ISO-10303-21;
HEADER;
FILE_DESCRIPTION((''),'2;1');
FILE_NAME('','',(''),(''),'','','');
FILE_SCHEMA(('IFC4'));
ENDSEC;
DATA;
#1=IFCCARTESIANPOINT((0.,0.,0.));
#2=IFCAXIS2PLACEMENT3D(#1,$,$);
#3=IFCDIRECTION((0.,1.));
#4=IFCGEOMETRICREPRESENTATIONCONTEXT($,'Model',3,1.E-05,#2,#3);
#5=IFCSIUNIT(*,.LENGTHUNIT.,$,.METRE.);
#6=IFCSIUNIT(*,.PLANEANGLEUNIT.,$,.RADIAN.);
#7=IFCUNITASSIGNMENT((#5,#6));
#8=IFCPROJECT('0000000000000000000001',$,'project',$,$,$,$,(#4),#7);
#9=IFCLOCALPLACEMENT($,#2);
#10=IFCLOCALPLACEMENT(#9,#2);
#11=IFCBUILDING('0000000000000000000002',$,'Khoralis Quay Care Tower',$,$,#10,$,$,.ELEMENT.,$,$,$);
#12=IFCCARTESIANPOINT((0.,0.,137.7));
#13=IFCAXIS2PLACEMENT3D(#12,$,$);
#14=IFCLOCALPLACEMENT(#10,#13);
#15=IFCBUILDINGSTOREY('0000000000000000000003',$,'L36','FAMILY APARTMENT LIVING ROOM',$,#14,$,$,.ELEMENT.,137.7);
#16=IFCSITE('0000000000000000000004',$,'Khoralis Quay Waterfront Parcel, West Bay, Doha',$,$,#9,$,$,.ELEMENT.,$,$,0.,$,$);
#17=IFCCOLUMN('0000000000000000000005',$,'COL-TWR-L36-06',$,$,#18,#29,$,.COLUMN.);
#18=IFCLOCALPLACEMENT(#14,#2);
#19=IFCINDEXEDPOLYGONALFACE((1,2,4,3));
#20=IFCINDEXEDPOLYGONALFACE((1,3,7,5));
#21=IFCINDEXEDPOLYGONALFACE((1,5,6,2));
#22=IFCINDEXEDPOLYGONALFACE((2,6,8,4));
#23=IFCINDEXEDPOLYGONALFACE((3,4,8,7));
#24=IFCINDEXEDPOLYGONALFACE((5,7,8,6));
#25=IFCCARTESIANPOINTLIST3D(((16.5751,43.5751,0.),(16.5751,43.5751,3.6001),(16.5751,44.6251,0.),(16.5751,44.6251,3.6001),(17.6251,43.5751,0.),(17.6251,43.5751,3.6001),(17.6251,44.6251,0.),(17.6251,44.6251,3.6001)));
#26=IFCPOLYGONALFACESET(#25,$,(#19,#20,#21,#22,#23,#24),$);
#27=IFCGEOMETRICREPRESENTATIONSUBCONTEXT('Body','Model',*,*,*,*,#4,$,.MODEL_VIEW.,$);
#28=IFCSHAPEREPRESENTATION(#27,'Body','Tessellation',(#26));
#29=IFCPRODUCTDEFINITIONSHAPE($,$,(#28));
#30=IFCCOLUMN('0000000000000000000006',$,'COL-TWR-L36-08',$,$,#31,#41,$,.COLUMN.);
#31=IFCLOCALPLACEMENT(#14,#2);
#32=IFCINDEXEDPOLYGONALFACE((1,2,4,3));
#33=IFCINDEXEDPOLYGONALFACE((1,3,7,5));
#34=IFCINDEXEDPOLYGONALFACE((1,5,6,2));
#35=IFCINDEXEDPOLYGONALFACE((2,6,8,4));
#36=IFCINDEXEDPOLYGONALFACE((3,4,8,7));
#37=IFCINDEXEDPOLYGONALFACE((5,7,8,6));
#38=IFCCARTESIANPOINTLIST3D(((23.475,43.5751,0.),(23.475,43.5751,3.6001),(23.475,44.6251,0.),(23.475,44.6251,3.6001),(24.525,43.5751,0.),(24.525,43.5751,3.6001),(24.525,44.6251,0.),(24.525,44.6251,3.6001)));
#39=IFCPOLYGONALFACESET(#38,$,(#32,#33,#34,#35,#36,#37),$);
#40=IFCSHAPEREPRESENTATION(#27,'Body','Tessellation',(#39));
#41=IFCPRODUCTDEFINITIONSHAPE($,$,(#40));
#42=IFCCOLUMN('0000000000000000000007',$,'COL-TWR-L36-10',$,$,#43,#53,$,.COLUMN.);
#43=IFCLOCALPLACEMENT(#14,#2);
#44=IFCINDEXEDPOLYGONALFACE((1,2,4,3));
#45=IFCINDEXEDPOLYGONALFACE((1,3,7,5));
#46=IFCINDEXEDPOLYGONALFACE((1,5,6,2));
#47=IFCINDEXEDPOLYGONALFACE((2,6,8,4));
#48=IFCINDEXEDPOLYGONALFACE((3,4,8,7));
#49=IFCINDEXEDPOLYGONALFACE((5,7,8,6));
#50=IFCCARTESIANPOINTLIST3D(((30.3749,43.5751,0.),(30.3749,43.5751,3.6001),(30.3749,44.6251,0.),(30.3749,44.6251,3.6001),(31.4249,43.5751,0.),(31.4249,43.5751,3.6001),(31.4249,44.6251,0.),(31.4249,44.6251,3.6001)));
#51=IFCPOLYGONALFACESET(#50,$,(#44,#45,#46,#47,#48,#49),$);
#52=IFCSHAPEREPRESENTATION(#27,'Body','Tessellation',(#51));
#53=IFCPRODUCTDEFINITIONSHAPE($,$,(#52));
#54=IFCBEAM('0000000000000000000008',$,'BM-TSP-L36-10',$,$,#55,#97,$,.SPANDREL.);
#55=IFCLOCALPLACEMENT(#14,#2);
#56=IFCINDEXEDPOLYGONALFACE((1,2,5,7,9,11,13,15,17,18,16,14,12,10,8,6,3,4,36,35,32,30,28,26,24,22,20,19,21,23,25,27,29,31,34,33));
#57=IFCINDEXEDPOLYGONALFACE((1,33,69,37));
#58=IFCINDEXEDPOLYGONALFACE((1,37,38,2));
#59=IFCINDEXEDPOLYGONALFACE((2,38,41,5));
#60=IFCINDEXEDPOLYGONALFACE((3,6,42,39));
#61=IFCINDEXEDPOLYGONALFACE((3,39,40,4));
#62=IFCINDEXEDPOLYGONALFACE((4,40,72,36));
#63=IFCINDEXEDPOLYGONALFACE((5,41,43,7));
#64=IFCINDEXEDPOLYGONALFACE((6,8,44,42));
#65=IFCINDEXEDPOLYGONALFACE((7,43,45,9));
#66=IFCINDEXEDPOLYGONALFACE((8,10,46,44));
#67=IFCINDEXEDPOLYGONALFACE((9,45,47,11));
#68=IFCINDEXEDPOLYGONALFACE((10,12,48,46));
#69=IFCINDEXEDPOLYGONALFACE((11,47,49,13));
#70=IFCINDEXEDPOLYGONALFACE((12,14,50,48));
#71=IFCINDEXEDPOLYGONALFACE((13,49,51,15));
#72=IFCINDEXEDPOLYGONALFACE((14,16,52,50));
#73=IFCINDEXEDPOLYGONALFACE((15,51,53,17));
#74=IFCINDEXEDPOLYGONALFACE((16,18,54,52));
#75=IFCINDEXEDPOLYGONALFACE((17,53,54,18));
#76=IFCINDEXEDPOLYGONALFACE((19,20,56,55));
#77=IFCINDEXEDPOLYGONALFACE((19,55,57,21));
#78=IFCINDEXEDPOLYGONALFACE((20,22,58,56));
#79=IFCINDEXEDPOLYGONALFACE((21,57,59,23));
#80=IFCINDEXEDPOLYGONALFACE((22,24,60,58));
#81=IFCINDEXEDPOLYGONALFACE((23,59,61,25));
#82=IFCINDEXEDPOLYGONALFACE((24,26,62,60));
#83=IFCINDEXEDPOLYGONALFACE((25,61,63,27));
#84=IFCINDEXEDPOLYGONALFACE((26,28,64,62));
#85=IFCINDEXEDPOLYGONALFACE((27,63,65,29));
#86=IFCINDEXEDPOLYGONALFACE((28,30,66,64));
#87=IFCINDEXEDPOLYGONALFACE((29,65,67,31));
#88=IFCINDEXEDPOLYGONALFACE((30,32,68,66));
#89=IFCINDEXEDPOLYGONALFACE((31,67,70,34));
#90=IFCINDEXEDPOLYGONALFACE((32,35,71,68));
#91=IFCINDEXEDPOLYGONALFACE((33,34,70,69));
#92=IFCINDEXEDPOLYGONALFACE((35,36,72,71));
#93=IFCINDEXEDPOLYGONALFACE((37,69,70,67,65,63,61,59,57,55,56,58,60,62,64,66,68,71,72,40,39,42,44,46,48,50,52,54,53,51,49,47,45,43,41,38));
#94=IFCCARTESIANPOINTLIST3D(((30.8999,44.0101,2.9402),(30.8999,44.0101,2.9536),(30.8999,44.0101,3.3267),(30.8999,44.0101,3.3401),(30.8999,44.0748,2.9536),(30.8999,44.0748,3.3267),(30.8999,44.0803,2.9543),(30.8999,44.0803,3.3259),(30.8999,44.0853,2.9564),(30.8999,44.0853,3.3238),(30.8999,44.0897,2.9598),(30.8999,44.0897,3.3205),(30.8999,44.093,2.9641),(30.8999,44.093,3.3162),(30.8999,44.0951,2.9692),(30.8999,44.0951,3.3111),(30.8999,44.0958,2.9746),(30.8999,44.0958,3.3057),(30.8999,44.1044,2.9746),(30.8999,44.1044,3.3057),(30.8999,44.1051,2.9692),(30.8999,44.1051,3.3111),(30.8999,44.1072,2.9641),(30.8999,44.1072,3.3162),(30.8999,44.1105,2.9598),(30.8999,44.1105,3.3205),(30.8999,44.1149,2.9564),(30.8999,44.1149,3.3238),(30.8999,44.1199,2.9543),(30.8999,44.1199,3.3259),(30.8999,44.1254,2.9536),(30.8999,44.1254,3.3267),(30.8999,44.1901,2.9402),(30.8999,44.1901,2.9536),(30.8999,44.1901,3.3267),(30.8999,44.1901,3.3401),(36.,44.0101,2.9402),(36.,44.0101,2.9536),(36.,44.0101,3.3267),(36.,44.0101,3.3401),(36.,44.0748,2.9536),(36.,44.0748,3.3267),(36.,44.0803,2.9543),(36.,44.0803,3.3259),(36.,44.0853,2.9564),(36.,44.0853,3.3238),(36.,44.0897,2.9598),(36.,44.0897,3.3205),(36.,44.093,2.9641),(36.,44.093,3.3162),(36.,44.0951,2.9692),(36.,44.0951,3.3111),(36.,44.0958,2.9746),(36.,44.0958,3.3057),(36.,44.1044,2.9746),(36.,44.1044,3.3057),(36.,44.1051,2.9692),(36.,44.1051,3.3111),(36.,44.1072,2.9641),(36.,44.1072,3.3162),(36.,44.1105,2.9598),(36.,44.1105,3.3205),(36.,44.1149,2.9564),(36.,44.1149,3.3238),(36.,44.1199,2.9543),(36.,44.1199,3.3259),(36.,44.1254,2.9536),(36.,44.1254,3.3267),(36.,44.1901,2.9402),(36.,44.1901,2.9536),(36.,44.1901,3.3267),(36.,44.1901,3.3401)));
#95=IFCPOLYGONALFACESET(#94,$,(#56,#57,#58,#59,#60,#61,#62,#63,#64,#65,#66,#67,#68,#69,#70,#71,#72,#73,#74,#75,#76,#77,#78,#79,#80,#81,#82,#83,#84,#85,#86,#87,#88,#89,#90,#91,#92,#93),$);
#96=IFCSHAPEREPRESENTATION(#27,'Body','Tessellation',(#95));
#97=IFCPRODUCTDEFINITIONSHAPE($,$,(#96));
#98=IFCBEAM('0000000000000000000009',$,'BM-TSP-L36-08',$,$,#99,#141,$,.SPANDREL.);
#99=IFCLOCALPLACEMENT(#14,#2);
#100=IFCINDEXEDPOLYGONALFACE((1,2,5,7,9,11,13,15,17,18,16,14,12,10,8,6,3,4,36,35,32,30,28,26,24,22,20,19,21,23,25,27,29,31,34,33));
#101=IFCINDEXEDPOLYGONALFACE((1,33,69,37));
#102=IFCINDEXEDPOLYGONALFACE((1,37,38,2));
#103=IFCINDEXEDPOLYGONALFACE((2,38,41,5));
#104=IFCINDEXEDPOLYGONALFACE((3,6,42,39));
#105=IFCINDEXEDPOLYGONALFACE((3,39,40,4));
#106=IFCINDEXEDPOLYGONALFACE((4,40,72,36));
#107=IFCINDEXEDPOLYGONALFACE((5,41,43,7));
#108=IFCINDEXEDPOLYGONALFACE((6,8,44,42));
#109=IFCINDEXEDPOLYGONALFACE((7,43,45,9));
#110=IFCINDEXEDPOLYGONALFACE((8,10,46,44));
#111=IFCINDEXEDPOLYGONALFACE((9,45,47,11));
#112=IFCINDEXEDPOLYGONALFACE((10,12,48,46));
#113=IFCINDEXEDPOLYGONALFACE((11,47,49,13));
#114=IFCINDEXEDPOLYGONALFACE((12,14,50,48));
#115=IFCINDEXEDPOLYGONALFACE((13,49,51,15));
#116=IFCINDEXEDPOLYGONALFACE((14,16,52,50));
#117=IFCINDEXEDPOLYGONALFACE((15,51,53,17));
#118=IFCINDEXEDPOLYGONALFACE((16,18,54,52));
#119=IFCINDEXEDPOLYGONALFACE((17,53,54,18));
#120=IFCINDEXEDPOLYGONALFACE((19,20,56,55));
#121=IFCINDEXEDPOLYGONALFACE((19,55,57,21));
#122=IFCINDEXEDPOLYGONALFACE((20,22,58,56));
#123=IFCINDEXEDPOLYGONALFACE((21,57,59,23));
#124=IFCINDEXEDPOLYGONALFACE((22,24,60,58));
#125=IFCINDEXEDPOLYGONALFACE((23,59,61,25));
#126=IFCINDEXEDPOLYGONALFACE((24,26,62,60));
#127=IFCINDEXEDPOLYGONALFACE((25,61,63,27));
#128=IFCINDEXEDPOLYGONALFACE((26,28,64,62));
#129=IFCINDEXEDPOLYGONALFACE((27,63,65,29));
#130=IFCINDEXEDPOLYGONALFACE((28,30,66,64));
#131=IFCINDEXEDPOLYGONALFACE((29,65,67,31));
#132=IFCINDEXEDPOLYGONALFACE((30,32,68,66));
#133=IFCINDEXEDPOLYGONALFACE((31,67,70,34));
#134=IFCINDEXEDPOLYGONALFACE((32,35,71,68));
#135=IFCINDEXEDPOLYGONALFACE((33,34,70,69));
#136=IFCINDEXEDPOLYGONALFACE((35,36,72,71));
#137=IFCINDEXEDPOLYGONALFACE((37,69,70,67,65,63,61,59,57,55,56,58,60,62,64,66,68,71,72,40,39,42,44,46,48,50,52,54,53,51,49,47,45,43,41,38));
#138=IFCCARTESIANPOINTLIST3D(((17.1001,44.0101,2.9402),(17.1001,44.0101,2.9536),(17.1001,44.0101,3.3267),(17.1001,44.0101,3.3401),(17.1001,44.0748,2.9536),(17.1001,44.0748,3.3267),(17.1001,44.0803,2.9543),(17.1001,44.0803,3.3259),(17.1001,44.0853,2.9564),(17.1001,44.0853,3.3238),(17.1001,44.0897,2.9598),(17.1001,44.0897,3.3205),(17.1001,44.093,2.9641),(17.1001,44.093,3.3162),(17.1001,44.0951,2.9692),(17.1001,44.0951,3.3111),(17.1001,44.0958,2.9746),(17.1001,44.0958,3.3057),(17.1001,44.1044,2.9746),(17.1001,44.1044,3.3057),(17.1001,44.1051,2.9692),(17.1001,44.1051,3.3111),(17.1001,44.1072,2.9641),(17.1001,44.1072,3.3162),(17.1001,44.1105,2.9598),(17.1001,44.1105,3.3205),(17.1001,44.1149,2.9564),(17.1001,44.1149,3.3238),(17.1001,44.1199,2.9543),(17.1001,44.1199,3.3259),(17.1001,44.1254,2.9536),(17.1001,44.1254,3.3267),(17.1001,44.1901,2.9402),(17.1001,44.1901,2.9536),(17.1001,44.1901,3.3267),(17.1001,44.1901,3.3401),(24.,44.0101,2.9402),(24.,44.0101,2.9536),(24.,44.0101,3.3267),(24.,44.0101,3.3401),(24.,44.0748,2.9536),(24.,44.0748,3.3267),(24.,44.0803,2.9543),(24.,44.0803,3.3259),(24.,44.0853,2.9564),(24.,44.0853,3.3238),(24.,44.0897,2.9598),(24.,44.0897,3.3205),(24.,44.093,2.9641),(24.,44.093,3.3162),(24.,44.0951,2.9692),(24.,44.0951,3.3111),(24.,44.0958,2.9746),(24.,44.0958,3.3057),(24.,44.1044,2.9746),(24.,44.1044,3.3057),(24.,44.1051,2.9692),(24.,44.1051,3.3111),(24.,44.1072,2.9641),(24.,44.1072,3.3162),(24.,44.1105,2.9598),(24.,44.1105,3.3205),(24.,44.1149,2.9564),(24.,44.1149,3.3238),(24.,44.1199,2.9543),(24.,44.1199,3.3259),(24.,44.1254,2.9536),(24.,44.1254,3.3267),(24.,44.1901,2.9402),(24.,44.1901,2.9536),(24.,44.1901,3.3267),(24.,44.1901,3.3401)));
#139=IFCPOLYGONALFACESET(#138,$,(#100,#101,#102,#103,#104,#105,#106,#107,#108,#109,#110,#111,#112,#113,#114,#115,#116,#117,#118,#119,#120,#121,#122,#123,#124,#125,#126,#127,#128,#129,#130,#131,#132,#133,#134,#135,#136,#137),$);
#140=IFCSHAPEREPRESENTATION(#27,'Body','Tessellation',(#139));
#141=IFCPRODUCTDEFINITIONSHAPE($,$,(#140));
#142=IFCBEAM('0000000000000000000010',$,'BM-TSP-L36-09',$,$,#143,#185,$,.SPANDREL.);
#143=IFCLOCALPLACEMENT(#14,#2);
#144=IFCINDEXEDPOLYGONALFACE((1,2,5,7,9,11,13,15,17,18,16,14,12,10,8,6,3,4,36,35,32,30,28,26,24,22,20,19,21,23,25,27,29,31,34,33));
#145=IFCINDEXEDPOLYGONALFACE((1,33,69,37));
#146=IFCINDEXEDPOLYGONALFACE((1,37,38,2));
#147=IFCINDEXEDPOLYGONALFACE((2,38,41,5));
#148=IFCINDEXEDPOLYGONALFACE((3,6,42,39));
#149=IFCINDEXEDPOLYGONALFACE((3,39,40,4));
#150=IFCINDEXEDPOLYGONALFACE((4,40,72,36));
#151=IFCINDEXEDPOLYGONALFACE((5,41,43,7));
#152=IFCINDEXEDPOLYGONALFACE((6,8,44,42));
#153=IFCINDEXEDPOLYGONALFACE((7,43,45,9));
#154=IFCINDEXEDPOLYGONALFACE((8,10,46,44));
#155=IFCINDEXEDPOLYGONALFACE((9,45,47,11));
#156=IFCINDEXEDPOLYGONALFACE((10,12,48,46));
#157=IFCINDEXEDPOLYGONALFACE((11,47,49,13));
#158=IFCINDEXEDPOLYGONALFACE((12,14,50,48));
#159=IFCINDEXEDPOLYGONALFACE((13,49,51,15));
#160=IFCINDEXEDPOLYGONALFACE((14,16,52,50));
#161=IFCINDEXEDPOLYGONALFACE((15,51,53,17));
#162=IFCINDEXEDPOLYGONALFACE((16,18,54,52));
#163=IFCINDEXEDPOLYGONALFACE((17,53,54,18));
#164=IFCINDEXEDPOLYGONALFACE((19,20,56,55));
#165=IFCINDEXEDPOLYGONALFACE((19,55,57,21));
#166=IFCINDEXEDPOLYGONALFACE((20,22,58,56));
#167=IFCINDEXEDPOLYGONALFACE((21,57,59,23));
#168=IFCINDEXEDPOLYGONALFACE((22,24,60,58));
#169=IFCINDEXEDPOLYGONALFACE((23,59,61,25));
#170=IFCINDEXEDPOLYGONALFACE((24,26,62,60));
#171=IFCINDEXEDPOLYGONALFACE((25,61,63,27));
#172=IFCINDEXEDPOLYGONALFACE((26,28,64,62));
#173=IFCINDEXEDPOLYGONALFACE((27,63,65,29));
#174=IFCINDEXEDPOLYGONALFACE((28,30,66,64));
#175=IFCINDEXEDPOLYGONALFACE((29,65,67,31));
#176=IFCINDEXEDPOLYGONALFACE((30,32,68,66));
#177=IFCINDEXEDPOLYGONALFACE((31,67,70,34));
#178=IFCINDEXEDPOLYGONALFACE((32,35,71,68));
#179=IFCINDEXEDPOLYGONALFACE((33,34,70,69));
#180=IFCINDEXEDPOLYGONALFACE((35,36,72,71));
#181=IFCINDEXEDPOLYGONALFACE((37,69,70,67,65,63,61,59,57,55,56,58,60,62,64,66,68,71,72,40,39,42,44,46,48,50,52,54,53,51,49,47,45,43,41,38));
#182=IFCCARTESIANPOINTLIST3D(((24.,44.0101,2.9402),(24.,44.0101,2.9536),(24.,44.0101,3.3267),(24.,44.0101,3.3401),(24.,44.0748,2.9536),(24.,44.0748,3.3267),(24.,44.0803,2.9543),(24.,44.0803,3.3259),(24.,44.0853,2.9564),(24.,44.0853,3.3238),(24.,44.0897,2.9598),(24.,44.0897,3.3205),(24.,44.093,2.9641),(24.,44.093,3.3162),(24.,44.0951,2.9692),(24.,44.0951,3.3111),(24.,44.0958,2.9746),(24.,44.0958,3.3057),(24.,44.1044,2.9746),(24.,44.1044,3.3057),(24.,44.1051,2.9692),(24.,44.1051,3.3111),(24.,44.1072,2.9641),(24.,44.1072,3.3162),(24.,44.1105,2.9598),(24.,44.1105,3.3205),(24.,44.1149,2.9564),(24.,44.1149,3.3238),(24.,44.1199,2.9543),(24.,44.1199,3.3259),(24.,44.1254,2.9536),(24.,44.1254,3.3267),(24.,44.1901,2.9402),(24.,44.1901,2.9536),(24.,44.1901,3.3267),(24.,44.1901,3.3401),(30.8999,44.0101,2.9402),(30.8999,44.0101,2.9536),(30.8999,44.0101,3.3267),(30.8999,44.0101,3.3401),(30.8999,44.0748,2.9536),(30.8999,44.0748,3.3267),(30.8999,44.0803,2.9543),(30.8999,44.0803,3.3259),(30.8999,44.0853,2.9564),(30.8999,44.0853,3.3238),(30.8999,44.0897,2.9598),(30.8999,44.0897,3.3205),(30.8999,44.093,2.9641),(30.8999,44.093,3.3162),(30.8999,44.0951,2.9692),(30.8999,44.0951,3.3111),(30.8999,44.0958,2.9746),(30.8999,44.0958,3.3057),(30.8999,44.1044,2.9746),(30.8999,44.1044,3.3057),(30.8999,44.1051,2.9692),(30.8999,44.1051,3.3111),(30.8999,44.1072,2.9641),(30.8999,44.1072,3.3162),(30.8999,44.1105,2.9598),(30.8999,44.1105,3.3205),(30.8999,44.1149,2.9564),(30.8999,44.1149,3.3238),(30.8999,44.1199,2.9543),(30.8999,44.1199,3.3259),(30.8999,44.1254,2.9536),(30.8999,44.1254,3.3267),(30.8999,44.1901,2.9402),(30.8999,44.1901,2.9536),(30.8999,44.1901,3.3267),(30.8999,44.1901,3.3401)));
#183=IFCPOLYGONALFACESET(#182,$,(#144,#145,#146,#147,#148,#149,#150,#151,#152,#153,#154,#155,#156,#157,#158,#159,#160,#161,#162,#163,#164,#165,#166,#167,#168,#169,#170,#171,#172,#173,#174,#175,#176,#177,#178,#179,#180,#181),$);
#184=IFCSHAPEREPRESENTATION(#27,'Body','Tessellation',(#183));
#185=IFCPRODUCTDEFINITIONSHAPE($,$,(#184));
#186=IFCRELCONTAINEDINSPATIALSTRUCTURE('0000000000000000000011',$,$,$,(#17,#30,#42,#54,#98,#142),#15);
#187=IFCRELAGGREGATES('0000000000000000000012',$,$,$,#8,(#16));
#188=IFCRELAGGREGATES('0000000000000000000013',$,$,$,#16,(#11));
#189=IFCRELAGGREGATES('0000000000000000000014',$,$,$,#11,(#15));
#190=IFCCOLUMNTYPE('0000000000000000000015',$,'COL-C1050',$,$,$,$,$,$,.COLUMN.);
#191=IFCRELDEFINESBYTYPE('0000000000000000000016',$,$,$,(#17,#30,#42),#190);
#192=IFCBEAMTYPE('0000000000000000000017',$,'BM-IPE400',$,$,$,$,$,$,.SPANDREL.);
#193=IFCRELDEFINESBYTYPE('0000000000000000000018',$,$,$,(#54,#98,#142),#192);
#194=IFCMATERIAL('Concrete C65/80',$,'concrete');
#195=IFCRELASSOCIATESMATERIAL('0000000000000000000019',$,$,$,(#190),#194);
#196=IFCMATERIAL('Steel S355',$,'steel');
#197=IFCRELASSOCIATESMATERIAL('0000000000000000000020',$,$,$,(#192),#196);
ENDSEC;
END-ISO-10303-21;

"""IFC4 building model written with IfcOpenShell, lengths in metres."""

from ifc_helpers import new_model, si_unit, direction, frame, origin, origin_2d, place, context, subcontext, project, spatial, rectangle, i_section, extrude, source, transform, mapped, material, material_profile, profile_set, type_object, element, save


model = new_model("IFC4")

# Units and contexts
model_context = context("Model", 3, precision=1e-05, world=origin(), true_north=direction((0.0, 1.0)))
body_context = subcontext(model_context, "Body", "Model", "MODEL_VIEW")
ifc_project = project(units=[si_unit("LENGTHUNIT", "METRE"), si_unit("PLANEANGLEUNIT", "RADIAN")], contexts=[model_context])

# Site, building, storey
site_placement = place(None, origin())
site = spatial("IfcSite", under=ifc_project, at=site_placement, Name="Khoralis Quay Waterfront Parcel, West Bay, Doha", CompositionType="ELEMENT", RefElevation=0.0)
building_placement = place(site_placement, origin())
building = spatial("IfcBuilding", under=site, at=building_placement, Name="Khoralis Quay Care Tower", CompositionType="ELEMENT")
storey_placement = place(building_placement, frame((0.0, 0.0, 137.7)))
storey = spatial("IfcBuildingStorey", under=building, at=storey_placement, Name="L36", Description="FAMILY APARTMENT LIVING ROOM", CompositionType="ELEMENT", Elevation=137.7)

# Columns
ifc_material_1 = material(Name="Concrete C65/80", Category="concrete")
ifc_material_profile_1 = material_profile(ifc_material_1, rectangle(XDim=1.05, YDim=1.05, at=origin_2d()), Name="Concrete C65/80")
ifc_profile_set_1 = profile_set([ifc_material_profile_1], Name="Concrete C65/80")
column_type = type_object("IfcColumnType", Name="COL-C1050", PredefinedType="COLUMN", material=ifc_profile_set_1)
shared_shape_1 = source(origin(), body_context, "Body", "SweptSolid", [
    extrude(rectangle(XDim=1.05, YDim=1.05, at=origin_2d()), origin(), (0.0, 0.0, 1.0), 3.6001),
])
for number, where, z_axis, x_axis, name in (
    (1, (17.1001, 44.1001, 0.0), (0.0, 0.0, 1.0), (1.0, 0.0, 0.0), "COL-TWR-L36-06"),
    (2, (24.0, 44.1001, 0.0), (0.0, 0.0, 1.0), (1.0, 0.0, 0.0), "COL-TWR-L36-08"),
    (3, (30.8999, 44.1001, 0.0), (0.0, 0.0, 1.0), (1.0, 0.0, 0.0), "COL-TWR-L36-10"),
):
    element("IfcColumn", number, at=place(storey_placement, frame(where, z_axis=z_axis, x_axis=x_axis)), inside=storey, type_object=column_type, Name=name, PredefinedType="COLUMN", context=body_context, shape_type="MappedRepresentation", body=[
        mapped(shared_shape_1, transform((0.0, 0.0, 0.0), scale=1.0)),
    ])

# Beams
ifc_material_2 = material(Name="Steel S355", Category="steel")
ifc_material_profile_2 = material_profile(ifc_material_2, i_section(OverallWidth=0.1799, OverallDepth=0.3999, WebThickness=0.0085, FlangeThickness=0.0134, FilletRadius=0.021, at=origin_2d()), Name="Steel S355")
ifc_profile_set_2 = profile_set([ifc_material_profile_2], Name="Steel S355")
beam_type_1 = type_object("IfcBeamType", Name="BM-IPE400", PredefinedType="SPANDREL", material=ifc_profile_set_2)
shared_shape_2 = source(origin(), body_context, "Body", "SweptSolid", [
    extrude(i_section(OverallWidth=0.1799, OverallDepth=0.3999, WebThickness=0.0085, FlangeThickness=0.0134, FilletRadius=0.021, at=origin_2d()), origin(), (0.0, 0.0, 1.0), 5.1001),
])
beam_1_placement = place(storey_placement, frame((30.8999, 44.1001, 3.1401), z_axis=(1.0, 0.0, 0.0), x_axis=(0.0, 1.0, 0.0)))
element("IfcBeam", 4, at=beam_1_placement, inside=storey, type_object=beam_type_1, Name="BM-TSP-L36-10", PredefinedType="SPANDREL", context=body_context, shape_type="MappedRepresentation", body=[
    mapped(shared_shape_2, transform((0.0, 0.0, 0.0), scale=1.0)),
])
shared_shape_3 = source(origin(), body_context, "Body", "SweptSolid", [
    extrude(i_section(OverallWidth=0.1799, OverallDepth=0.3999, WebThickness=0.0085, FlangeThickness=0.0134, FilletRadius=0.021, at=origin_2d()), origin(), (0.0, 0.0, 1.0), 6.8999),
])
for number, where, z_axis, x_axis, name in (
    (5, (17.1001, 44.1001, 3.1401), (1.0, 0.0, 0.0), (0.0, 1.0, 0.0), "BM-TSP-L36-08"),
    (6, (24.0, 44.1001, 3.1401), (1.0, 0.0, 0.0), (0.0, 1.0, 0.0), "BM-TSP-L36-09"),
):
    element("IfcBeam", number, at=place(storey_placement, frame(where, z_axis=z_axis, x_axis=x_axis)), inside=storey, type_object=beam_type_1, Name=name, PredefinedType="SPANDREL", context=body_context, shape_type="MappedRepresentation", body=[
        mapped(shared_shape_3, transform((0.0, 0.0, 0.0), scale=1.0)),
    ])

save(model, "model.ifc")
